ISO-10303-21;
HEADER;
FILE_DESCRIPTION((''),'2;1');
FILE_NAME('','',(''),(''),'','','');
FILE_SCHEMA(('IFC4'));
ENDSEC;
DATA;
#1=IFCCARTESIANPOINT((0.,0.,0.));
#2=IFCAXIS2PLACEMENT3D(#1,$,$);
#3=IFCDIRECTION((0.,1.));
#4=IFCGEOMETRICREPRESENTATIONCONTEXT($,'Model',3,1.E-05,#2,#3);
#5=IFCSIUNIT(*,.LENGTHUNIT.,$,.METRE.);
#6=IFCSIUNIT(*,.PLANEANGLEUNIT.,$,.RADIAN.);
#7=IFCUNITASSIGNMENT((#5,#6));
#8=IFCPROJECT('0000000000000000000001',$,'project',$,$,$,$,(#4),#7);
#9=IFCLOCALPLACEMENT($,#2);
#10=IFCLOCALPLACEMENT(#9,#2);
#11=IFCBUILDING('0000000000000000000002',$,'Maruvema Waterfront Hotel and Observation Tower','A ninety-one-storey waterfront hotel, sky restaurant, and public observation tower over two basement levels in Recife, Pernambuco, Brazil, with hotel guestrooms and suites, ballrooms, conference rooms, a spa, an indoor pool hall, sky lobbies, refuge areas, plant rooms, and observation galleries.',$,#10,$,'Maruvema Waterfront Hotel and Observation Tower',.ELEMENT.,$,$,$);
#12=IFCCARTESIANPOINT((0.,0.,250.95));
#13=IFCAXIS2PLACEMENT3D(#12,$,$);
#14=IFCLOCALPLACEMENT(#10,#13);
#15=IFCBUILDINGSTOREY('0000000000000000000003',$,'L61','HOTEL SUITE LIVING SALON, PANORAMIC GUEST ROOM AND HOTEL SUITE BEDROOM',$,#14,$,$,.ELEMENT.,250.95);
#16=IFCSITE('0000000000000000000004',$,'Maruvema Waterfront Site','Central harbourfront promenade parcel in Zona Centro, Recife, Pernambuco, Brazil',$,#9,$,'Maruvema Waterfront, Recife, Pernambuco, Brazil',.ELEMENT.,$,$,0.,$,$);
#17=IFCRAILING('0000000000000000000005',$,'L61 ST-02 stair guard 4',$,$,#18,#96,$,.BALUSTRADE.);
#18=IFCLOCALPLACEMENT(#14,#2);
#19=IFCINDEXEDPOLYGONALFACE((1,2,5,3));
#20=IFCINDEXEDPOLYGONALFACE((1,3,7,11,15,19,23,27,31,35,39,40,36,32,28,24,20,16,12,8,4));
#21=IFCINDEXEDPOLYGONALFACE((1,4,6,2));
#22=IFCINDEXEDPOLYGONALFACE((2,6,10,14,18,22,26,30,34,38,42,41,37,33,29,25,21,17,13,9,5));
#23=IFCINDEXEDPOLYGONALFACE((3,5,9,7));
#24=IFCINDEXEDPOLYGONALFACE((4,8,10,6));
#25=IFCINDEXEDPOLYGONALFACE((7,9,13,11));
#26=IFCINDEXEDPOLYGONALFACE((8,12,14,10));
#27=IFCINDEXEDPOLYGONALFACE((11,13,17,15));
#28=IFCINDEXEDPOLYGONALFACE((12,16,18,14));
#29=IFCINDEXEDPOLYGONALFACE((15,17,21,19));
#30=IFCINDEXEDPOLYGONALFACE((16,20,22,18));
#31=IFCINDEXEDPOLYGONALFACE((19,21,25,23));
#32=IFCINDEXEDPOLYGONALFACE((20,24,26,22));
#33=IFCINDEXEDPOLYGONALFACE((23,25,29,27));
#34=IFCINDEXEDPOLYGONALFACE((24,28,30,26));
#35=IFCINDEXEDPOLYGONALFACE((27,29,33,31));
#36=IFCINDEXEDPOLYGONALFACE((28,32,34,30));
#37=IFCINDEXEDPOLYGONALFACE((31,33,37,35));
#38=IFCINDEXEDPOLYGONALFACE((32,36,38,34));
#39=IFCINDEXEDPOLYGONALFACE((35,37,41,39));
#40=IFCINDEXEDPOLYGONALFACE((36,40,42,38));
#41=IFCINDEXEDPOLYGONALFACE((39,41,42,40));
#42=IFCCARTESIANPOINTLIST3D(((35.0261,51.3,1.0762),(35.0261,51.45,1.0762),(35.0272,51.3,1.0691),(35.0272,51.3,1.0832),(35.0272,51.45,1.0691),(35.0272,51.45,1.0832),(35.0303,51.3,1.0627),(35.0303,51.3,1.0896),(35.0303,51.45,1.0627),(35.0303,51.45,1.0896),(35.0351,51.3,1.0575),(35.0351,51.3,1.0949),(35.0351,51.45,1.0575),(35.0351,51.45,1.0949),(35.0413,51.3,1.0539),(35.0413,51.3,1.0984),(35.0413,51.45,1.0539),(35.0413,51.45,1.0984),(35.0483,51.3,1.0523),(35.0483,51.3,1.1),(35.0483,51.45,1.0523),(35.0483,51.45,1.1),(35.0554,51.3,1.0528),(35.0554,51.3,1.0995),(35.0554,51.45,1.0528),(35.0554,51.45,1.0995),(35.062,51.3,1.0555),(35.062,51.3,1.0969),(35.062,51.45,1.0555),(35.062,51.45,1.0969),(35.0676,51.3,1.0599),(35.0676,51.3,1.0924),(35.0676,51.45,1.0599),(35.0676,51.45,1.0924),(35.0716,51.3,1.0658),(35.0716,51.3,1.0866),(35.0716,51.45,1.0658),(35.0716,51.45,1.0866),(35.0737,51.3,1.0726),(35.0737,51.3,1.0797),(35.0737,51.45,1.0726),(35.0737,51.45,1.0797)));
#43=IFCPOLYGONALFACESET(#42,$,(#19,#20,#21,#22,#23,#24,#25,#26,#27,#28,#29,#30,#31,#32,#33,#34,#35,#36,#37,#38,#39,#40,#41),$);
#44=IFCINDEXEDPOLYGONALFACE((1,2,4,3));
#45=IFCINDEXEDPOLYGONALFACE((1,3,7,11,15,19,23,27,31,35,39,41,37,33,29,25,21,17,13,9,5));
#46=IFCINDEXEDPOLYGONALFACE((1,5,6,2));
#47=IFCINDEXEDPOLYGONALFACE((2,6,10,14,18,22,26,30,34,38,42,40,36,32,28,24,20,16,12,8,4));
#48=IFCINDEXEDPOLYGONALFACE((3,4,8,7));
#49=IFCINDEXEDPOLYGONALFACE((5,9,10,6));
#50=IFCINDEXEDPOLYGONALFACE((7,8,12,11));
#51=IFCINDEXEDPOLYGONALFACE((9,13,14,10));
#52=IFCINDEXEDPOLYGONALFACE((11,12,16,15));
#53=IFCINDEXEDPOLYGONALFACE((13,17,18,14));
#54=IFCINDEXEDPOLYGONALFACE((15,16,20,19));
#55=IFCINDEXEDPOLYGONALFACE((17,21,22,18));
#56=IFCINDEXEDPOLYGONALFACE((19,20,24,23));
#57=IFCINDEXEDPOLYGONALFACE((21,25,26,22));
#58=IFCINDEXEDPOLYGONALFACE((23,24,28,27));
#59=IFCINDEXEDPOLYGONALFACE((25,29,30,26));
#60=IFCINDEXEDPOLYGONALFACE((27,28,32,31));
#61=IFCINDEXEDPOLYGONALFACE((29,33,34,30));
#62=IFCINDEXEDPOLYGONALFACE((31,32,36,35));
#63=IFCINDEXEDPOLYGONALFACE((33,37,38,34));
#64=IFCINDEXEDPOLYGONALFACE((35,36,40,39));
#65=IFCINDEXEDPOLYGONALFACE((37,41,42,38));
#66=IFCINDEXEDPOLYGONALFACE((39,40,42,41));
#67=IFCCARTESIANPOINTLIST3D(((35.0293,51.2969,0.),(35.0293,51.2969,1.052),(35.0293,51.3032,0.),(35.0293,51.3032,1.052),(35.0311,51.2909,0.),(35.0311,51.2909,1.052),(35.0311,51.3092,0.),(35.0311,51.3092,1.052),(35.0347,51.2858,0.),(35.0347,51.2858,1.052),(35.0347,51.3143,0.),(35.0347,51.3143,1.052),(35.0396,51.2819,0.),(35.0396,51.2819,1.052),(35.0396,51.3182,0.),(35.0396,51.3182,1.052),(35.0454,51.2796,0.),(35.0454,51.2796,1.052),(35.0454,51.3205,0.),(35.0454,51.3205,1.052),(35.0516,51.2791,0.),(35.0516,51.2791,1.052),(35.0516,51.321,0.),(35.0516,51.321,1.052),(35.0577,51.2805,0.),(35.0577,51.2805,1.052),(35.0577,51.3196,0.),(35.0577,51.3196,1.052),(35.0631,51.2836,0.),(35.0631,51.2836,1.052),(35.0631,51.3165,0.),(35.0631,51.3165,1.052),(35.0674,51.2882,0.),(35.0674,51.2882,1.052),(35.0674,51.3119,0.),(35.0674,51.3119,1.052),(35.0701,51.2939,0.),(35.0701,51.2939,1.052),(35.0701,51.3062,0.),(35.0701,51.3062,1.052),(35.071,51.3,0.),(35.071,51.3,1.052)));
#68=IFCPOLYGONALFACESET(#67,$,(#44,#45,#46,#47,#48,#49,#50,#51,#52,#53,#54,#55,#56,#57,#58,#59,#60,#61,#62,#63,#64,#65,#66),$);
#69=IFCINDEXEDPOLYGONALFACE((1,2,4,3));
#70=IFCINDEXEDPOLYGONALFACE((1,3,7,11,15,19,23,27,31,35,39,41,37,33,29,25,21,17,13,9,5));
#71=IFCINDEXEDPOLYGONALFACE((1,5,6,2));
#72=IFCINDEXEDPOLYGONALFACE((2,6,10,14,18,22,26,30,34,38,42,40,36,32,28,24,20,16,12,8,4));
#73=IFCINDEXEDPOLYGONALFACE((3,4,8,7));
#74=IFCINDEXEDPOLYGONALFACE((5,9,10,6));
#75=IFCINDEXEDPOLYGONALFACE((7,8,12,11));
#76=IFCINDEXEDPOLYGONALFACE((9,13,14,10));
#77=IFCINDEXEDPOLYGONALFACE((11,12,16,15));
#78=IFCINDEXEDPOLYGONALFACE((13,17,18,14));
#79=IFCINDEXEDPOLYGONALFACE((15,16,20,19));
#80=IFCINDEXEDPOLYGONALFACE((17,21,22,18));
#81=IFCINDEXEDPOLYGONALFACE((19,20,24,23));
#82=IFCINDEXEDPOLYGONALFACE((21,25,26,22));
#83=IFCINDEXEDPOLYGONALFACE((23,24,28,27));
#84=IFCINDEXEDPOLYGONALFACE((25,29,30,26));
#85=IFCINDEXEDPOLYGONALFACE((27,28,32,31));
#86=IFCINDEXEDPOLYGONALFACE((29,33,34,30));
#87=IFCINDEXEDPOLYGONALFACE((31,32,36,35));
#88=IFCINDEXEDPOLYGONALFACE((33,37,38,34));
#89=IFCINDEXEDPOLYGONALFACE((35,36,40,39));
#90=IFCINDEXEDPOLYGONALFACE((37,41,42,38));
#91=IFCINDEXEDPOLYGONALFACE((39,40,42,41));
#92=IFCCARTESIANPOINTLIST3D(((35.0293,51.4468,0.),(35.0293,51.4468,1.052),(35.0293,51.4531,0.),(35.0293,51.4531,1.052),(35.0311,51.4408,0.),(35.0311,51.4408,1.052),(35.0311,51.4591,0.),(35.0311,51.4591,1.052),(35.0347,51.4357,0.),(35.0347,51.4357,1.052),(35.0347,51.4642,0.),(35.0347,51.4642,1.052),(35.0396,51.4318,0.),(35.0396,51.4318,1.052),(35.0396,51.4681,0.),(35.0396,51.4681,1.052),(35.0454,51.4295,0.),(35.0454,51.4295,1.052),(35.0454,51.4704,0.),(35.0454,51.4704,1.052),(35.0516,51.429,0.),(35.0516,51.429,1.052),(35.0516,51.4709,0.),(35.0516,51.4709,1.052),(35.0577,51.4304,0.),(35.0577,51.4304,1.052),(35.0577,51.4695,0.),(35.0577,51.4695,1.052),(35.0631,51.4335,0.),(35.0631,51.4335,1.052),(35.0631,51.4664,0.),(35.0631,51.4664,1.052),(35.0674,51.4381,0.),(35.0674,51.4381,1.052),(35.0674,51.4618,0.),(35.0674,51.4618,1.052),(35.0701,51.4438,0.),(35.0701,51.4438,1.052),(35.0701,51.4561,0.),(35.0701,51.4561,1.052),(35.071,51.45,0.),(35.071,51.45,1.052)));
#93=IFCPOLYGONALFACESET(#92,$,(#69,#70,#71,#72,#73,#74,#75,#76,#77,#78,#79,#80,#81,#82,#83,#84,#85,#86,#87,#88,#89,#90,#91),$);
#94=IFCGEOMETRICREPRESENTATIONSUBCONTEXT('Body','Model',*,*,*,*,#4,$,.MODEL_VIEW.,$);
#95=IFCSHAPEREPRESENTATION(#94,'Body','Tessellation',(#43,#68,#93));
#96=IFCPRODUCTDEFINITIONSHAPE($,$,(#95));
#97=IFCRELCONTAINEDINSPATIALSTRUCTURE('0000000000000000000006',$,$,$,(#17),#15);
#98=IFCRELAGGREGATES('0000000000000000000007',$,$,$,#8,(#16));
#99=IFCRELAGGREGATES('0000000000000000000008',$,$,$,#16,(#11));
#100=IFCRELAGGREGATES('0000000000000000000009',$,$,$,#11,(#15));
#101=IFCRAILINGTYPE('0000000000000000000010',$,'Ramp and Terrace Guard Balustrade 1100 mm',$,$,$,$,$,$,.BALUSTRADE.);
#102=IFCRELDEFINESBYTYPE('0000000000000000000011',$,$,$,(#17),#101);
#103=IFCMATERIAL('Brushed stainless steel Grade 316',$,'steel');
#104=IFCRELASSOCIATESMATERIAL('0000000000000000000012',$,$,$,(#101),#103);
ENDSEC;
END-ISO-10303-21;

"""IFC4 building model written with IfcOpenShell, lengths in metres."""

from ifc_helpers import new_model, si_unit, direction, frame, origin, origin_2d, place, context, subcontext, project, spatial, circle, extrude, material, type_object, element, save


model = new_model("IFC4")

# Units and contexts
model_context = context("Model", 3, precision=1e-05, world=origin(), true_north=direction((0.0, 1.0)))
body_context = subcontext(model_context, "Body", "Model", "MODEL_VIEW")
ifc_project = project(units=[si_unit("LENGTHUNIT", "METRE"), si_unit("PLANEANGLEUNIT", "RADIAN")], contexts=[model_context])

# Site, building, storey
site_placement = place(None, origin())
site = spatial("IfcSite", under=ifc_project, at=site_placement, Name="Maruvema Waterfront Site", Description="Central harbourfront promenade parcel in Zona Centro, Recife, Pernambuco, Brazil", LongName="Maruvema Waterfront, Recife, Pernambuco, Brazil", CompositionType="ELEMENT", RefElevation=0.0)
building_placement = place(site_placement, origin())
building = spatial("IfcBuilding", under=site, at=building_placement, Name="Maruvema Waterfront Hotel and Observation Tower", Description="A ninety-one-storey waterfront hotel, sky restaurant, and public observation tower over two basement levels in Recife, Pernambuco, Brazil, with hotel guestrooms and suites, ballrooms, conference rooms, a spa, an indoor pool hall, sky lobbies, refuge areas, plant rooms, and observation galleries.", LongName="Maruvema Waterfront Hotel and Observation Tower", CompositionType="ELEMENT")
storey_placement = place(building_placement, frame((0.0, 0.0, 250.95)))
storey = spatial("IfcBuildingStorey", under=building, at=storey_placement, Name="L61", Description="HOTEL SUITE LIVING SALON, PANORAMIC GUEST ROOM AND HOTEL SUITE BEDROOM", CompositionType="ELEMENT", Elevation=250.95)

# Railing
ifc_material_1 = material(Name="Brushed stainless steel Grade 316", Category="steel")
railing_type_1 = type_object("IfcRailingType", Name="Ramp and Terrace Guard Balustrade 1100 mm", PredefinedType="BALUSTRADE", material=ifc_material_1)
railing_1_placement = place(storey_placement, frame((35.05, 51.3, 0.0)))
element("IfcRailing", 1, at=railing_1_placement, inside=storey, type_object=railing_type_1, Name="L61 ST-02 stair guard 4", PredefinedType="BALUSTRADE", context=body_context, shape_type="SweptSolid", body=[
    extrude(circle(Radius=0.0239, at=origin_2d()), frame((0.0, 0.0, 1.0762), z_axis=(0.0, 1.0, 0.0), x_axis=(-1.0, 0.0, 0.0)), (0.0, 0.0, 1.0), 0.1499),
    extrude(circle(Radius=0.021, at=origin_2d()), origin(), (0.0, 0.0, 1.0), 1.052),
    extrude(circle(Radius=0.021, at=origin_2d()), frame((0.0, 0.1499, 0.0)), (0.0, 0.0, 1.0), 1.052),
])

save(model, "model.ifc")
